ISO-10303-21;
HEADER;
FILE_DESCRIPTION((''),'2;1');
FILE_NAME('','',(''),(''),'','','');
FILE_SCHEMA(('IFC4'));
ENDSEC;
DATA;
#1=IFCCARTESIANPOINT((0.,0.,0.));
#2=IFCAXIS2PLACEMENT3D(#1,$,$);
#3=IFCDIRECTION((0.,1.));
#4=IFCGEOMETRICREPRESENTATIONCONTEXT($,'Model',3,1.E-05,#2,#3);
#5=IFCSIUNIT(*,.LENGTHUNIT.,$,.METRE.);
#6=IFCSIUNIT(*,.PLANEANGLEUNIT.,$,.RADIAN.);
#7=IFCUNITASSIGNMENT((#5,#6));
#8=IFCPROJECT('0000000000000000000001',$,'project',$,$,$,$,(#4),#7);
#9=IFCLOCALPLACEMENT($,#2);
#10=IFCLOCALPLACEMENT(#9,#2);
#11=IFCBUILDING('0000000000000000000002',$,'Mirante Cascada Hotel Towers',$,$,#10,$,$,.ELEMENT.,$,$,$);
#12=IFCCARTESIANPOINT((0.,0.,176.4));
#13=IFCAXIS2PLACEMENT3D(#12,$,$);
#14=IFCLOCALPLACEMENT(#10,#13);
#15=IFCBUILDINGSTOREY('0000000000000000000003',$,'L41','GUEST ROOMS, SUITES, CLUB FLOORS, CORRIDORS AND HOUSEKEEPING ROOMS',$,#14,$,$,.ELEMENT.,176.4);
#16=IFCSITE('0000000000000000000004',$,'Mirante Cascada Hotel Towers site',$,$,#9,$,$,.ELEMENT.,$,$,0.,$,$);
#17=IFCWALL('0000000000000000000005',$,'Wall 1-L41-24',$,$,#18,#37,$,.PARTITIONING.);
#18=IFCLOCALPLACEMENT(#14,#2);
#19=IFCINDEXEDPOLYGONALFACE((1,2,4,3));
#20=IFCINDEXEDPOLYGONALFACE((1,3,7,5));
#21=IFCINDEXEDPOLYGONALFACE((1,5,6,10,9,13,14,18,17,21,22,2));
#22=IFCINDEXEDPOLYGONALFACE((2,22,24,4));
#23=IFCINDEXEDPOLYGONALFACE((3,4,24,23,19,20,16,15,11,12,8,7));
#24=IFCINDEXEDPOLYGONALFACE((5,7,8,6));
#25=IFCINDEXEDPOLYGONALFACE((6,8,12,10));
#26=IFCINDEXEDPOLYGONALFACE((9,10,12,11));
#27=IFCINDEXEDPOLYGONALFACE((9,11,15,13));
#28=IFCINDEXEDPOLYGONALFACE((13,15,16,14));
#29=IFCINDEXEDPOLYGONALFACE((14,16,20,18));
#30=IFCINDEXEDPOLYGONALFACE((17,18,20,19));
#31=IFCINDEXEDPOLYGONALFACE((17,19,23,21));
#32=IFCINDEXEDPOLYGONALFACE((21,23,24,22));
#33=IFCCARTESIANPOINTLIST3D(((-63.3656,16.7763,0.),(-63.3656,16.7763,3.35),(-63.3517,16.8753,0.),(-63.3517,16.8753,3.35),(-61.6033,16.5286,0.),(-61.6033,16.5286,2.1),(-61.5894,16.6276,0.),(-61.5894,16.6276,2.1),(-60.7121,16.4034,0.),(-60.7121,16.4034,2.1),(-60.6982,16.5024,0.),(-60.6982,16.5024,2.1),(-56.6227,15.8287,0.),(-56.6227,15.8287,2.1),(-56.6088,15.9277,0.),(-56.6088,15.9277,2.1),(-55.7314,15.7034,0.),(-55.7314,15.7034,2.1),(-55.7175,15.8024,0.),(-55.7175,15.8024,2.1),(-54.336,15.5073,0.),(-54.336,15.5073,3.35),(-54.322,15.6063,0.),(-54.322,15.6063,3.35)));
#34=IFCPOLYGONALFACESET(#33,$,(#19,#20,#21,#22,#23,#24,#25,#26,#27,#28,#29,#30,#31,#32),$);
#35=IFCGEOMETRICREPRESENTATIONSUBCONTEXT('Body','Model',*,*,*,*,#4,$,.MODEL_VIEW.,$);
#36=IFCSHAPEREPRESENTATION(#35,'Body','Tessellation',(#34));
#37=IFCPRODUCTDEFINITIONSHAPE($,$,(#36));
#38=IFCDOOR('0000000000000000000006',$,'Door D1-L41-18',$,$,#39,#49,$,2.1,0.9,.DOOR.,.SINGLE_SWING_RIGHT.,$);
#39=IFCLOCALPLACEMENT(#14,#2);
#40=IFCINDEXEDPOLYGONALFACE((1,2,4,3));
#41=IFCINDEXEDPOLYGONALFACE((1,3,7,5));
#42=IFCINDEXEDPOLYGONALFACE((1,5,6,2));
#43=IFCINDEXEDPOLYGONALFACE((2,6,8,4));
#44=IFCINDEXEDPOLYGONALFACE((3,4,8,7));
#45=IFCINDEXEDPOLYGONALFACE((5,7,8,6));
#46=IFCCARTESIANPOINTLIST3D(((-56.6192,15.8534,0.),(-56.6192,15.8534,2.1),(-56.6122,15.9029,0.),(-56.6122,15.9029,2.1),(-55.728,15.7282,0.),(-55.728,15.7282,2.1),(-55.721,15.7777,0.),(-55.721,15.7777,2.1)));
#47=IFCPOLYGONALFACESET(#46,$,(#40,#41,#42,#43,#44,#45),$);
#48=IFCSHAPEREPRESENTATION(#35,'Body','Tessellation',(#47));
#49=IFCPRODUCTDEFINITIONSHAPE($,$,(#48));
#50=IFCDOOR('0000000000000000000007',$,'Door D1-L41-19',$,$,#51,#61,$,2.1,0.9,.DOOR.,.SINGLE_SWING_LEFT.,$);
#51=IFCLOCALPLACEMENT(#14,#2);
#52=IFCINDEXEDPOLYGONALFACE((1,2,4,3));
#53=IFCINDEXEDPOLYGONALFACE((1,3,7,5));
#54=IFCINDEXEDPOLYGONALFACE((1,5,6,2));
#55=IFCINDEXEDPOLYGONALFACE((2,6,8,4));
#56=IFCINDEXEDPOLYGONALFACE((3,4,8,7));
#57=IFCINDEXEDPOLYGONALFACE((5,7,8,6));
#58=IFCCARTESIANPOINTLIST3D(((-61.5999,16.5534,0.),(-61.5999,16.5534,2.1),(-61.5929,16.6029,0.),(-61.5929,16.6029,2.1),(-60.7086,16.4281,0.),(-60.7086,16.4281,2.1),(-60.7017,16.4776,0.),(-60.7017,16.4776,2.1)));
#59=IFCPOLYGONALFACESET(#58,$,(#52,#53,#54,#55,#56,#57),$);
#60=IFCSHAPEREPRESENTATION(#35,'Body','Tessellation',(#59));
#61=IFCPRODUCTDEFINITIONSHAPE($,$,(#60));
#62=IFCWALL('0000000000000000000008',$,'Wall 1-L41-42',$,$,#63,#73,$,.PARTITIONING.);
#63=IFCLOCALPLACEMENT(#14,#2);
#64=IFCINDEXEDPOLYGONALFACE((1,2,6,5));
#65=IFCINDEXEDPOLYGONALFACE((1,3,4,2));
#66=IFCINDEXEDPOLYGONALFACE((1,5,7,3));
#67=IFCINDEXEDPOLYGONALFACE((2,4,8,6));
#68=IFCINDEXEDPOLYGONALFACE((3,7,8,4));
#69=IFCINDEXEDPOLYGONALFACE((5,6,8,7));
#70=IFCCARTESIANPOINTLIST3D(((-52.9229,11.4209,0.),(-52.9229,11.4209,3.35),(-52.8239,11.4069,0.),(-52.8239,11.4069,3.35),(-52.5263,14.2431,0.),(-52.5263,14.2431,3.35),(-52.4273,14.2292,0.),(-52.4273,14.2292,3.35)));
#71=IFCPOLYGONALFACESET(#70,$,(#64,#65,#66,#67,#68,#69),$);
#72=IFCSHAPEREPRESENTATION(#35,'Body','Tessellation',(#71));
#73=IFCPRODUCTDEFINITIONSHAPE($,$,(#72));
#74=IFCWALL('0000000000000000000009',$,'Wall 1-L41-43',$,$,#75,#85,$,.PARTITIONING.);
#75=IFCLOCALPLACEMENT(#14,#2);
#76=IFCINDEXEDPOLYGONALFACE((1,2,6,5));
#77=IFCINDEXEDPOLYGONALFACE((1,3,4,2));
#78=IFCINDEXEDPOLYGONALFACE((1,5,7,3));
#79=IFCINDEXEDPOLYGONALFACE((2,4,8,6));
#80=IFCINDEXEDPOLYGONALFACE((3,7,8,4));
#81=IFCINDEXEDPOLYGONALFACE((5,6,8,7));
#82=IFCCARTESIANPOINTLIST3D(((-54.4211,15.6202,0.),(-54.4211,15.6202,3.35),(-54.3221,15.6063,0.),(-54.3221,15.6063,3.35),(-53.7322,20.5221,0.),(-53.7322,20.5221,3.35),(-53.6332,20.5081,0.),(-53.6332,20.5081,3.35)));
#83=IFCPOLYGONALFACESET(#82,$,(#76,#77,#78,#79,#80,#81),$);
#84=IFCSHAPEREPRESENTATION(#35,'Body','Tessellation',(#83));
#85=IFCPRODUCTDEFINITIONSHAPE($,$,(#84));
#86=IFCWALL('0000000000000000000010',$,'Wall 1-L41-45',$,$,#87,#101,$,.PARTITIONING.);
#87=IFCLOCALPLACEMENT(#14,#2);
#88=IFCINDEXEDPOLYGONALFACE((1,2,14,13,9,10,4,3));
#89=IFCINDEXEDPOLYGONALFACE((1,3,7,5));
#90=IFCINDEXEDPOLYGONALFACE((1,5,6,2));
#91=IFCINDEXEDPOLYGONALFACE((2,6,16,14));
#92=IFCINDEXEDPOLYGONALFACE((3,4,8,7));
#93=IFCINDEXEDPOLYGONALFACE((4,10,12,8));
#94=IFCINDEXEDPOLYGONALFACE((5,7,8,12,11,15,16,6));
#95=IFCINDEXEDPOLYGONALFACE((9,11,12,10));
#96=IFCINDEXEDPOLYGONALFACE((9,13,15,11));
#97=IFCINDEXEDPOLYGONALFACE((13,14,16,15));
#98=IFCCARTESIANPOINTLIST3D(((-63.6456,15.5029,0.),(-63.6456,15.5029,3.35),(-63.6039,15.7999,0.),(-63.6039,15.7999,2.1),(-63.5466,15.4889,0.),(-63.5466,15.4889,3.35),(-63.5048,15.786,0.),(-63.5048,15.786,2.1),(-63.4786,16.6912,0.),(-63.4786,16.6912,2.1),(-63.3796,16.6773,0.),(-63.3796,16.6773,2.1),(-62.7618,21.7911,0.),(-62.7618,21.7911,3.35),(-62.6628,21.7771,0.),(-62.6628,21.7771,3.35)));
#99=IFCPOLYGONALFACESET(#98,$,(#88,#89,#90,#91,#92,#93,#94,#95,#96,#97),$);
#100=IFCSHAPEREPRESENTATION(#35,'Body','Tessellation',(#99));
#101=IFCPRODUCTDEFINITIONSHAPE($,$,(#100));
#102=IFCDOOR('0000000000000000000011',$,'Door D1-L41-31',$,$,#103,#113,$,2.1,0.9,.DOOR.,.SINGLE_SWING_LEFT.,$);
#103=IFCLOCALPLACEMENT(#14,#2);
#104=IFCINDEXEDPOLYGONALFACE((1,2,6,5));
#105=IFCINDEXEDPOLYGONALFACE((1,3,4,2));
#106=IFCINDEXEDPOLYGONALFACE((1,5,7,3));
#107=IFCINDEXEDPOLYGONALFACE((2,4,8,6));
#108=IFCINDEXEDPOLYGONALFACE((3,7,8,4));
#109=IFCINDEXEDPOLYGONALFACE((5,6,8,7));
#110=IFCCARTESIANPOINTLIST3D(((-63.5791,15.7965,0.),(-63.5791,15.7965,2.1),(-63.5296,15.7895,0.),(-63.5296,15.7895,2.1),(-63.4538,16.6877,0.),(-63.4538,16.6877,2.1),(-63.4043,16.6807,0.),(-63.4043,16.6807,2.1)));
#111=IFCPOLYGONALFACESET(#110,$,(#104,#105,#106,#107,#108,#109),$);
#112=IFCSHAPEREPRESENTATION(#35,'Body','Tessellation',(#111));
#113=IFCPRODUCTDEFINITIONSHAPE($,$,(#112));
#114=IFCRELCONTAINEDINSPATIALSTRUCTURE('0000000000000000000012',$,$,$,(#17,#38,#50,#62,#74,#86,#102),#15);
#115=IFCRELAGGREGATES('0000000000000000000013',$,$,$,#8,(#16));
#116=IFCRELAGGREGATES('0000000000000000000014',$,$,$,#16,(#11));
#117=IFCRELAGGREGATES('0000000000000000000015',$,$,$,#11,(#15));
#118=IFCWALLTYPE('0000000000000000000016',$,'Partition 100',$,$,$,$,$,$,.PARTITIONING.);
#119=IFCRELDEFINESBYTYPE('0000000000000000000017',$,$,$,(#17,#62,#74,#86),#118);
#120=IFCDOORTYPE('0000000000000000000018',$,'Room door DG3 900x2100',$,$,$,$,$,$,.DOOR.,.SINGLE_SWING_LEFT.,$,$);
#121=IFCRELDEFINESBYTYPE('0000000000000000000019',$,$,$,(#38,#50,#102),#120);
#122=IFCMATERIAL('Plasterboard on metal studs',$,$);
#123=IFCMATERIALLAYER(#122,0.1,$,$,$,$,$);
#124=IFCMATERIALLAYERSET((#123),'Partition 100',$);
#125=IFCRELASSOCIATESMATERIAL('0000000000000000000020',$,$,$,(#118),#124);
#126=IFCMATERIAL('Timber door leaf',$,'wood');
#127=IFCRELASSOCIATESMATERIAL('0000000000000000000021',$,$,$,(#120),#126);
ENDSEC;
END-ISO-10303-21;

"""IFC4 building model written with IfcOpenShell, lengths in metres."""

from ifc_helpers import new_model, si_unit, direction, frame, frame_2d, origin, place, context, subcontext, project, spatial, rectangle, extrude, material, layer, layer_set, type_object, element, fill, save


model = new_model("IFC4")

# Units and contexts
model_context = context("Model", 3, precision=1e-05, world=origin(), true_north=direction((0.0, 1.0)))
body_context = subcontext(model_context, "Body", "Model", "MODEL_VIEW")
ifc_project = project(units=[si_unit("LENGTHUNIT", "METRE"), si_unit("PLANEANGLEUNIT", "RADIAN")], contexts=[model_context])

# Site, building, storey
site_placement = place(None, origin())
site = spatial("IfcSite", under=ifc_project, at=site_placement, Name="Mirante Cascada Hotel Towers site", CompositionType="ELEMENT", RefElevation=0.0)
building_placement = place(site_placement, origin())
building = spatial("IfcBuilding", under=site, at=building_placement, Name="Mirante Cascada Hotel Towers", CompositionType="ELEMENT")
storey_placement = place(building_placement, frame((0.0, 0.0, 176.4)))
storey = spatial("IfcBuildingStorey", under=building, at=storey_placement, Name="L41", Description="GUEST ROOMS, SUITES, CLUB FLOORS, CORRIDORS AND HOUSEKEEPING ROOMS", CompositionType="ELEMENT", Elevation=176.4)

# Wall, openings, doors
ifc_material_1 = material(Name="Plasterboard on metal studs")
ifc_layer_1 = layer(ifc_material_1, 0.1)
ifc_layer_set_1 = layer_set([ifc_layer_1], Name="Partition 100")
wall_type_1 = type_object("IfcWallType", Name="Partition 100", PredefinedType="PARTITIONING", material=ifc_layer_set_1)
wall_1_placement = place(storey_placement, frame((-54.329, 15.5568, 0.0), z_axis=(0.0, 0.0, 1.0), x_axis=(-0.990269, 0.139169, 0.0)))
wall_1 = element("IfcWall", 1, at=wall_1_placement, inside=storey, type_object=wall_type_1, Name="Wall 1-L41-24", PredefinedType="PARTITIONING", context=body_context, shape_type="SweptSolid", body=[
    extrude(rectangle(XDim=9.1184, YDim=0.1, at=frame_2d((4.5592, 0.0))), origin(), (0.0, 0.0, 1.0), 3.35),
])
opening_1_placement = place(wall_1_placement, frame((1.4092, 0.0, 0.0)))
opening_1 = element("IfcOpeningElement", 2, at=opening_1_placement, cuts=wall_1, PredefinedType="OPENING", context=body_context, shape_type="SweptSolid", body=[
    extrude(rectangle(XDim=0.9, YDim=2.1, at=frame_2d((0.45, 1.05))), frame((0.0, 0.05, 0.0), z_axis=(0.0, -1.0, 0.0), x_axis=(1.0, 0.0, 0.0)), (0.0, 0.0, 1.0), 0.1),
])
opening_2_placement = place(wall_1_placement, frame((6.4388, 0.0, 0.0)))
opening_2 = element("IfcOpeningElement", 3, at=opening_2_placement, cuts=wall_1, PredefinedType="OPENING", context=body_context, shape_type="SweptSolid", body=[
    extrude(rectangle(XDim=0.9, YDim=2.1, at=frame_2d((0.45, 1.05))), frame((0.0, 0.05, 0.0), z_axis=(0.0, -1.0, 0.0), x_axis=(1.0, 0.0, 0.0)), (0.0, 0.0, 1.0), 0.1),
])
ifc_material_2 = material(Name="Timber door leaf", Category="wood")
door_type = type_object("IfcDoorType", Name="Room door DG3 900x2100", OperationType="SINGLE_SWING_LEFT", PredefinedType="DOOR", material=ifc_material_2)
door_1_placement = place(opening_1_placement, frame((0.9, 0.0, 0.0), z_axis=(0.0, 0.0, 1.0), x_axis=(-1.0, 0.0, 0.0)))
door_1 = element("IfcDoor", 4, at=door_1_placement, inside=storey, type_object=door_type, Name="Door D1-L41-18", OperationType="SINGLE_SWING_RIGHT", OverallHeight=2.1, OverallWidth=0.9, PredefinedType="DOOR", context=body_context, shape_type="SweptSolid", body=[
    extrude(rectangle(XDim=0.9, YDim=2.1, at=frame_2d((0.45, 1.05))), frame((0.0, 0.025, 0.0), z_axis=(0.0, -1.0, 0.0), x_axis=(1.0, 0.0, 0.0)), (0.0, 0.0, 1.0), 0.05),
])
fill(opening_1, door_1)
door_2_placement = place(opening_2_placement, origin())
door_2 = element("IfcDoor", 5, at=door_2_placement, inside=storey, type_object=door_type, Name="Door D1-L41-19", OperationType="SINGLE_SWING_LEFT", OverallHeight=2.1, OverallWidth=0.9, PredefinedType="DOOR", context=body_context, shape_type="SweptSolid", body=[
    extrude(rectangle(XDim=0.9, YDim=2.1, at=frame_2d((0.45, 1.05))), frame((0.0, 0.025, 0.0), z_axis=(0.0, -1.0, 0.0), x_axis=(1.0, 0.0, 0.0)), (0.0, 0.0, 1.0), 0.05),
])
fill(opening_2, door_2)

# Walls
wall_2_placement = place(storey_placement, frame((-52.8734, 11.4139, 0.0), z_axis=(0.0, 0.0, 1.0), x_axis=(0.139156, 0.99027, 0.0)))
element("IfcWall", 6, at=wall_2_placement, inside=storey, type_object=wall_type_1, Name="Wall 1-L41-42", PredefinedType="PARTITIONING", context=body_context, shape_type="SweptSolid", body=[
    extrude(rectangle(XDim=2.85, YDim=0.1, at=frame_2d((1.425, 0.0))), origin(), (0.0, 0.0, 1.0), 3.35),
])
wall_3_placement = place(storey_placement, frame((-53.6827, 20.5151, 0.0), z_axis=(0.0, 0.0, 1.0), x_axis=(-0.139173, -0.990268, 0.0)))
element("IfcWall", 7, at=wall_3_placement, inside=storey, type_object=wall_type_1, Name="Wall 1-L41-43", PredefinedType="PARTITIONING", context=body_context, shape_type="SweptSolid", body=[
    extrude(rectangle(XDim=4.95, YDim=0.1, at=frame_2d((2.475, 0.0))), origin(), (0.0, 0.0, 1.0), 3.35),
])

# Wall, opening, door
wall_4_placement = place(storey_placement, frame((-62.7123, 21.7841, 0.0), z_axis=(0.0, 0.0, 1.0), x_axis=(-0.139181, -0.990267, 0.0)))
wall_4 = element("IfcWall", 8, at=wall_4_placement, inside=storey, type_object=wall_type_1, Name="Wall 1-L41-45", PredefinedType="PARTITIONING", context=body_context, shape_type="SweptSolid", body=[
    extrude(rectangle(XDim=6.35, YDim=0.1, at=frame_2d((3.175, 0.0))), origin(), (0.0, 0.0, 1.0), 3.35),
])
opening_3_placement = place(wall_4_placement, frame((5.15, 0.0, 0.0)))
opening_3 = element("IfcOpeningElement", 9, at=opening_3_placement, cuts=wall_4, PredefinedType="OPENING", context=body_context, shape_type="SweptSolid", body=[
    extrude(rectangle(XDim=0.9, YDim=2.1, at=frame_2d((0.45, 1.05))), frame((0.0, 0.05, 0.0), z_axis=(0.0, -1.0, 0.0), x_axis=(1.0, 0.0, 0.0)), (0.0, 0.0, 1.0), 0.1),
])
door_3_placement = place(opening_3_placement, origin())
door_3 = element("IfcDoor", 10, at=door_3_placement, inside=storey, type_object=door_type, Name="Door D1-L41-31", OperationType="SINGLE_SWING_LEFT", OverallHeight=2.1, OverallWidth=0.9, PredefinedType="DOOR", context=body_context, shape_type="SweptSolid", body=[
    extrude(rectangle(XDim=0.9, YDim=2.1, at=frame_2d((0.45, 1.05))), frame((0.0, 0.025, 0.0), z_axis=(0.0, -1.0, 0.0), x_axis=(1.0, 0.0, 0.0)), (0.0, 0.0, 1.0), 0.05),
])
fill(opening_3, door_3)

save(model, "model.ifc")
